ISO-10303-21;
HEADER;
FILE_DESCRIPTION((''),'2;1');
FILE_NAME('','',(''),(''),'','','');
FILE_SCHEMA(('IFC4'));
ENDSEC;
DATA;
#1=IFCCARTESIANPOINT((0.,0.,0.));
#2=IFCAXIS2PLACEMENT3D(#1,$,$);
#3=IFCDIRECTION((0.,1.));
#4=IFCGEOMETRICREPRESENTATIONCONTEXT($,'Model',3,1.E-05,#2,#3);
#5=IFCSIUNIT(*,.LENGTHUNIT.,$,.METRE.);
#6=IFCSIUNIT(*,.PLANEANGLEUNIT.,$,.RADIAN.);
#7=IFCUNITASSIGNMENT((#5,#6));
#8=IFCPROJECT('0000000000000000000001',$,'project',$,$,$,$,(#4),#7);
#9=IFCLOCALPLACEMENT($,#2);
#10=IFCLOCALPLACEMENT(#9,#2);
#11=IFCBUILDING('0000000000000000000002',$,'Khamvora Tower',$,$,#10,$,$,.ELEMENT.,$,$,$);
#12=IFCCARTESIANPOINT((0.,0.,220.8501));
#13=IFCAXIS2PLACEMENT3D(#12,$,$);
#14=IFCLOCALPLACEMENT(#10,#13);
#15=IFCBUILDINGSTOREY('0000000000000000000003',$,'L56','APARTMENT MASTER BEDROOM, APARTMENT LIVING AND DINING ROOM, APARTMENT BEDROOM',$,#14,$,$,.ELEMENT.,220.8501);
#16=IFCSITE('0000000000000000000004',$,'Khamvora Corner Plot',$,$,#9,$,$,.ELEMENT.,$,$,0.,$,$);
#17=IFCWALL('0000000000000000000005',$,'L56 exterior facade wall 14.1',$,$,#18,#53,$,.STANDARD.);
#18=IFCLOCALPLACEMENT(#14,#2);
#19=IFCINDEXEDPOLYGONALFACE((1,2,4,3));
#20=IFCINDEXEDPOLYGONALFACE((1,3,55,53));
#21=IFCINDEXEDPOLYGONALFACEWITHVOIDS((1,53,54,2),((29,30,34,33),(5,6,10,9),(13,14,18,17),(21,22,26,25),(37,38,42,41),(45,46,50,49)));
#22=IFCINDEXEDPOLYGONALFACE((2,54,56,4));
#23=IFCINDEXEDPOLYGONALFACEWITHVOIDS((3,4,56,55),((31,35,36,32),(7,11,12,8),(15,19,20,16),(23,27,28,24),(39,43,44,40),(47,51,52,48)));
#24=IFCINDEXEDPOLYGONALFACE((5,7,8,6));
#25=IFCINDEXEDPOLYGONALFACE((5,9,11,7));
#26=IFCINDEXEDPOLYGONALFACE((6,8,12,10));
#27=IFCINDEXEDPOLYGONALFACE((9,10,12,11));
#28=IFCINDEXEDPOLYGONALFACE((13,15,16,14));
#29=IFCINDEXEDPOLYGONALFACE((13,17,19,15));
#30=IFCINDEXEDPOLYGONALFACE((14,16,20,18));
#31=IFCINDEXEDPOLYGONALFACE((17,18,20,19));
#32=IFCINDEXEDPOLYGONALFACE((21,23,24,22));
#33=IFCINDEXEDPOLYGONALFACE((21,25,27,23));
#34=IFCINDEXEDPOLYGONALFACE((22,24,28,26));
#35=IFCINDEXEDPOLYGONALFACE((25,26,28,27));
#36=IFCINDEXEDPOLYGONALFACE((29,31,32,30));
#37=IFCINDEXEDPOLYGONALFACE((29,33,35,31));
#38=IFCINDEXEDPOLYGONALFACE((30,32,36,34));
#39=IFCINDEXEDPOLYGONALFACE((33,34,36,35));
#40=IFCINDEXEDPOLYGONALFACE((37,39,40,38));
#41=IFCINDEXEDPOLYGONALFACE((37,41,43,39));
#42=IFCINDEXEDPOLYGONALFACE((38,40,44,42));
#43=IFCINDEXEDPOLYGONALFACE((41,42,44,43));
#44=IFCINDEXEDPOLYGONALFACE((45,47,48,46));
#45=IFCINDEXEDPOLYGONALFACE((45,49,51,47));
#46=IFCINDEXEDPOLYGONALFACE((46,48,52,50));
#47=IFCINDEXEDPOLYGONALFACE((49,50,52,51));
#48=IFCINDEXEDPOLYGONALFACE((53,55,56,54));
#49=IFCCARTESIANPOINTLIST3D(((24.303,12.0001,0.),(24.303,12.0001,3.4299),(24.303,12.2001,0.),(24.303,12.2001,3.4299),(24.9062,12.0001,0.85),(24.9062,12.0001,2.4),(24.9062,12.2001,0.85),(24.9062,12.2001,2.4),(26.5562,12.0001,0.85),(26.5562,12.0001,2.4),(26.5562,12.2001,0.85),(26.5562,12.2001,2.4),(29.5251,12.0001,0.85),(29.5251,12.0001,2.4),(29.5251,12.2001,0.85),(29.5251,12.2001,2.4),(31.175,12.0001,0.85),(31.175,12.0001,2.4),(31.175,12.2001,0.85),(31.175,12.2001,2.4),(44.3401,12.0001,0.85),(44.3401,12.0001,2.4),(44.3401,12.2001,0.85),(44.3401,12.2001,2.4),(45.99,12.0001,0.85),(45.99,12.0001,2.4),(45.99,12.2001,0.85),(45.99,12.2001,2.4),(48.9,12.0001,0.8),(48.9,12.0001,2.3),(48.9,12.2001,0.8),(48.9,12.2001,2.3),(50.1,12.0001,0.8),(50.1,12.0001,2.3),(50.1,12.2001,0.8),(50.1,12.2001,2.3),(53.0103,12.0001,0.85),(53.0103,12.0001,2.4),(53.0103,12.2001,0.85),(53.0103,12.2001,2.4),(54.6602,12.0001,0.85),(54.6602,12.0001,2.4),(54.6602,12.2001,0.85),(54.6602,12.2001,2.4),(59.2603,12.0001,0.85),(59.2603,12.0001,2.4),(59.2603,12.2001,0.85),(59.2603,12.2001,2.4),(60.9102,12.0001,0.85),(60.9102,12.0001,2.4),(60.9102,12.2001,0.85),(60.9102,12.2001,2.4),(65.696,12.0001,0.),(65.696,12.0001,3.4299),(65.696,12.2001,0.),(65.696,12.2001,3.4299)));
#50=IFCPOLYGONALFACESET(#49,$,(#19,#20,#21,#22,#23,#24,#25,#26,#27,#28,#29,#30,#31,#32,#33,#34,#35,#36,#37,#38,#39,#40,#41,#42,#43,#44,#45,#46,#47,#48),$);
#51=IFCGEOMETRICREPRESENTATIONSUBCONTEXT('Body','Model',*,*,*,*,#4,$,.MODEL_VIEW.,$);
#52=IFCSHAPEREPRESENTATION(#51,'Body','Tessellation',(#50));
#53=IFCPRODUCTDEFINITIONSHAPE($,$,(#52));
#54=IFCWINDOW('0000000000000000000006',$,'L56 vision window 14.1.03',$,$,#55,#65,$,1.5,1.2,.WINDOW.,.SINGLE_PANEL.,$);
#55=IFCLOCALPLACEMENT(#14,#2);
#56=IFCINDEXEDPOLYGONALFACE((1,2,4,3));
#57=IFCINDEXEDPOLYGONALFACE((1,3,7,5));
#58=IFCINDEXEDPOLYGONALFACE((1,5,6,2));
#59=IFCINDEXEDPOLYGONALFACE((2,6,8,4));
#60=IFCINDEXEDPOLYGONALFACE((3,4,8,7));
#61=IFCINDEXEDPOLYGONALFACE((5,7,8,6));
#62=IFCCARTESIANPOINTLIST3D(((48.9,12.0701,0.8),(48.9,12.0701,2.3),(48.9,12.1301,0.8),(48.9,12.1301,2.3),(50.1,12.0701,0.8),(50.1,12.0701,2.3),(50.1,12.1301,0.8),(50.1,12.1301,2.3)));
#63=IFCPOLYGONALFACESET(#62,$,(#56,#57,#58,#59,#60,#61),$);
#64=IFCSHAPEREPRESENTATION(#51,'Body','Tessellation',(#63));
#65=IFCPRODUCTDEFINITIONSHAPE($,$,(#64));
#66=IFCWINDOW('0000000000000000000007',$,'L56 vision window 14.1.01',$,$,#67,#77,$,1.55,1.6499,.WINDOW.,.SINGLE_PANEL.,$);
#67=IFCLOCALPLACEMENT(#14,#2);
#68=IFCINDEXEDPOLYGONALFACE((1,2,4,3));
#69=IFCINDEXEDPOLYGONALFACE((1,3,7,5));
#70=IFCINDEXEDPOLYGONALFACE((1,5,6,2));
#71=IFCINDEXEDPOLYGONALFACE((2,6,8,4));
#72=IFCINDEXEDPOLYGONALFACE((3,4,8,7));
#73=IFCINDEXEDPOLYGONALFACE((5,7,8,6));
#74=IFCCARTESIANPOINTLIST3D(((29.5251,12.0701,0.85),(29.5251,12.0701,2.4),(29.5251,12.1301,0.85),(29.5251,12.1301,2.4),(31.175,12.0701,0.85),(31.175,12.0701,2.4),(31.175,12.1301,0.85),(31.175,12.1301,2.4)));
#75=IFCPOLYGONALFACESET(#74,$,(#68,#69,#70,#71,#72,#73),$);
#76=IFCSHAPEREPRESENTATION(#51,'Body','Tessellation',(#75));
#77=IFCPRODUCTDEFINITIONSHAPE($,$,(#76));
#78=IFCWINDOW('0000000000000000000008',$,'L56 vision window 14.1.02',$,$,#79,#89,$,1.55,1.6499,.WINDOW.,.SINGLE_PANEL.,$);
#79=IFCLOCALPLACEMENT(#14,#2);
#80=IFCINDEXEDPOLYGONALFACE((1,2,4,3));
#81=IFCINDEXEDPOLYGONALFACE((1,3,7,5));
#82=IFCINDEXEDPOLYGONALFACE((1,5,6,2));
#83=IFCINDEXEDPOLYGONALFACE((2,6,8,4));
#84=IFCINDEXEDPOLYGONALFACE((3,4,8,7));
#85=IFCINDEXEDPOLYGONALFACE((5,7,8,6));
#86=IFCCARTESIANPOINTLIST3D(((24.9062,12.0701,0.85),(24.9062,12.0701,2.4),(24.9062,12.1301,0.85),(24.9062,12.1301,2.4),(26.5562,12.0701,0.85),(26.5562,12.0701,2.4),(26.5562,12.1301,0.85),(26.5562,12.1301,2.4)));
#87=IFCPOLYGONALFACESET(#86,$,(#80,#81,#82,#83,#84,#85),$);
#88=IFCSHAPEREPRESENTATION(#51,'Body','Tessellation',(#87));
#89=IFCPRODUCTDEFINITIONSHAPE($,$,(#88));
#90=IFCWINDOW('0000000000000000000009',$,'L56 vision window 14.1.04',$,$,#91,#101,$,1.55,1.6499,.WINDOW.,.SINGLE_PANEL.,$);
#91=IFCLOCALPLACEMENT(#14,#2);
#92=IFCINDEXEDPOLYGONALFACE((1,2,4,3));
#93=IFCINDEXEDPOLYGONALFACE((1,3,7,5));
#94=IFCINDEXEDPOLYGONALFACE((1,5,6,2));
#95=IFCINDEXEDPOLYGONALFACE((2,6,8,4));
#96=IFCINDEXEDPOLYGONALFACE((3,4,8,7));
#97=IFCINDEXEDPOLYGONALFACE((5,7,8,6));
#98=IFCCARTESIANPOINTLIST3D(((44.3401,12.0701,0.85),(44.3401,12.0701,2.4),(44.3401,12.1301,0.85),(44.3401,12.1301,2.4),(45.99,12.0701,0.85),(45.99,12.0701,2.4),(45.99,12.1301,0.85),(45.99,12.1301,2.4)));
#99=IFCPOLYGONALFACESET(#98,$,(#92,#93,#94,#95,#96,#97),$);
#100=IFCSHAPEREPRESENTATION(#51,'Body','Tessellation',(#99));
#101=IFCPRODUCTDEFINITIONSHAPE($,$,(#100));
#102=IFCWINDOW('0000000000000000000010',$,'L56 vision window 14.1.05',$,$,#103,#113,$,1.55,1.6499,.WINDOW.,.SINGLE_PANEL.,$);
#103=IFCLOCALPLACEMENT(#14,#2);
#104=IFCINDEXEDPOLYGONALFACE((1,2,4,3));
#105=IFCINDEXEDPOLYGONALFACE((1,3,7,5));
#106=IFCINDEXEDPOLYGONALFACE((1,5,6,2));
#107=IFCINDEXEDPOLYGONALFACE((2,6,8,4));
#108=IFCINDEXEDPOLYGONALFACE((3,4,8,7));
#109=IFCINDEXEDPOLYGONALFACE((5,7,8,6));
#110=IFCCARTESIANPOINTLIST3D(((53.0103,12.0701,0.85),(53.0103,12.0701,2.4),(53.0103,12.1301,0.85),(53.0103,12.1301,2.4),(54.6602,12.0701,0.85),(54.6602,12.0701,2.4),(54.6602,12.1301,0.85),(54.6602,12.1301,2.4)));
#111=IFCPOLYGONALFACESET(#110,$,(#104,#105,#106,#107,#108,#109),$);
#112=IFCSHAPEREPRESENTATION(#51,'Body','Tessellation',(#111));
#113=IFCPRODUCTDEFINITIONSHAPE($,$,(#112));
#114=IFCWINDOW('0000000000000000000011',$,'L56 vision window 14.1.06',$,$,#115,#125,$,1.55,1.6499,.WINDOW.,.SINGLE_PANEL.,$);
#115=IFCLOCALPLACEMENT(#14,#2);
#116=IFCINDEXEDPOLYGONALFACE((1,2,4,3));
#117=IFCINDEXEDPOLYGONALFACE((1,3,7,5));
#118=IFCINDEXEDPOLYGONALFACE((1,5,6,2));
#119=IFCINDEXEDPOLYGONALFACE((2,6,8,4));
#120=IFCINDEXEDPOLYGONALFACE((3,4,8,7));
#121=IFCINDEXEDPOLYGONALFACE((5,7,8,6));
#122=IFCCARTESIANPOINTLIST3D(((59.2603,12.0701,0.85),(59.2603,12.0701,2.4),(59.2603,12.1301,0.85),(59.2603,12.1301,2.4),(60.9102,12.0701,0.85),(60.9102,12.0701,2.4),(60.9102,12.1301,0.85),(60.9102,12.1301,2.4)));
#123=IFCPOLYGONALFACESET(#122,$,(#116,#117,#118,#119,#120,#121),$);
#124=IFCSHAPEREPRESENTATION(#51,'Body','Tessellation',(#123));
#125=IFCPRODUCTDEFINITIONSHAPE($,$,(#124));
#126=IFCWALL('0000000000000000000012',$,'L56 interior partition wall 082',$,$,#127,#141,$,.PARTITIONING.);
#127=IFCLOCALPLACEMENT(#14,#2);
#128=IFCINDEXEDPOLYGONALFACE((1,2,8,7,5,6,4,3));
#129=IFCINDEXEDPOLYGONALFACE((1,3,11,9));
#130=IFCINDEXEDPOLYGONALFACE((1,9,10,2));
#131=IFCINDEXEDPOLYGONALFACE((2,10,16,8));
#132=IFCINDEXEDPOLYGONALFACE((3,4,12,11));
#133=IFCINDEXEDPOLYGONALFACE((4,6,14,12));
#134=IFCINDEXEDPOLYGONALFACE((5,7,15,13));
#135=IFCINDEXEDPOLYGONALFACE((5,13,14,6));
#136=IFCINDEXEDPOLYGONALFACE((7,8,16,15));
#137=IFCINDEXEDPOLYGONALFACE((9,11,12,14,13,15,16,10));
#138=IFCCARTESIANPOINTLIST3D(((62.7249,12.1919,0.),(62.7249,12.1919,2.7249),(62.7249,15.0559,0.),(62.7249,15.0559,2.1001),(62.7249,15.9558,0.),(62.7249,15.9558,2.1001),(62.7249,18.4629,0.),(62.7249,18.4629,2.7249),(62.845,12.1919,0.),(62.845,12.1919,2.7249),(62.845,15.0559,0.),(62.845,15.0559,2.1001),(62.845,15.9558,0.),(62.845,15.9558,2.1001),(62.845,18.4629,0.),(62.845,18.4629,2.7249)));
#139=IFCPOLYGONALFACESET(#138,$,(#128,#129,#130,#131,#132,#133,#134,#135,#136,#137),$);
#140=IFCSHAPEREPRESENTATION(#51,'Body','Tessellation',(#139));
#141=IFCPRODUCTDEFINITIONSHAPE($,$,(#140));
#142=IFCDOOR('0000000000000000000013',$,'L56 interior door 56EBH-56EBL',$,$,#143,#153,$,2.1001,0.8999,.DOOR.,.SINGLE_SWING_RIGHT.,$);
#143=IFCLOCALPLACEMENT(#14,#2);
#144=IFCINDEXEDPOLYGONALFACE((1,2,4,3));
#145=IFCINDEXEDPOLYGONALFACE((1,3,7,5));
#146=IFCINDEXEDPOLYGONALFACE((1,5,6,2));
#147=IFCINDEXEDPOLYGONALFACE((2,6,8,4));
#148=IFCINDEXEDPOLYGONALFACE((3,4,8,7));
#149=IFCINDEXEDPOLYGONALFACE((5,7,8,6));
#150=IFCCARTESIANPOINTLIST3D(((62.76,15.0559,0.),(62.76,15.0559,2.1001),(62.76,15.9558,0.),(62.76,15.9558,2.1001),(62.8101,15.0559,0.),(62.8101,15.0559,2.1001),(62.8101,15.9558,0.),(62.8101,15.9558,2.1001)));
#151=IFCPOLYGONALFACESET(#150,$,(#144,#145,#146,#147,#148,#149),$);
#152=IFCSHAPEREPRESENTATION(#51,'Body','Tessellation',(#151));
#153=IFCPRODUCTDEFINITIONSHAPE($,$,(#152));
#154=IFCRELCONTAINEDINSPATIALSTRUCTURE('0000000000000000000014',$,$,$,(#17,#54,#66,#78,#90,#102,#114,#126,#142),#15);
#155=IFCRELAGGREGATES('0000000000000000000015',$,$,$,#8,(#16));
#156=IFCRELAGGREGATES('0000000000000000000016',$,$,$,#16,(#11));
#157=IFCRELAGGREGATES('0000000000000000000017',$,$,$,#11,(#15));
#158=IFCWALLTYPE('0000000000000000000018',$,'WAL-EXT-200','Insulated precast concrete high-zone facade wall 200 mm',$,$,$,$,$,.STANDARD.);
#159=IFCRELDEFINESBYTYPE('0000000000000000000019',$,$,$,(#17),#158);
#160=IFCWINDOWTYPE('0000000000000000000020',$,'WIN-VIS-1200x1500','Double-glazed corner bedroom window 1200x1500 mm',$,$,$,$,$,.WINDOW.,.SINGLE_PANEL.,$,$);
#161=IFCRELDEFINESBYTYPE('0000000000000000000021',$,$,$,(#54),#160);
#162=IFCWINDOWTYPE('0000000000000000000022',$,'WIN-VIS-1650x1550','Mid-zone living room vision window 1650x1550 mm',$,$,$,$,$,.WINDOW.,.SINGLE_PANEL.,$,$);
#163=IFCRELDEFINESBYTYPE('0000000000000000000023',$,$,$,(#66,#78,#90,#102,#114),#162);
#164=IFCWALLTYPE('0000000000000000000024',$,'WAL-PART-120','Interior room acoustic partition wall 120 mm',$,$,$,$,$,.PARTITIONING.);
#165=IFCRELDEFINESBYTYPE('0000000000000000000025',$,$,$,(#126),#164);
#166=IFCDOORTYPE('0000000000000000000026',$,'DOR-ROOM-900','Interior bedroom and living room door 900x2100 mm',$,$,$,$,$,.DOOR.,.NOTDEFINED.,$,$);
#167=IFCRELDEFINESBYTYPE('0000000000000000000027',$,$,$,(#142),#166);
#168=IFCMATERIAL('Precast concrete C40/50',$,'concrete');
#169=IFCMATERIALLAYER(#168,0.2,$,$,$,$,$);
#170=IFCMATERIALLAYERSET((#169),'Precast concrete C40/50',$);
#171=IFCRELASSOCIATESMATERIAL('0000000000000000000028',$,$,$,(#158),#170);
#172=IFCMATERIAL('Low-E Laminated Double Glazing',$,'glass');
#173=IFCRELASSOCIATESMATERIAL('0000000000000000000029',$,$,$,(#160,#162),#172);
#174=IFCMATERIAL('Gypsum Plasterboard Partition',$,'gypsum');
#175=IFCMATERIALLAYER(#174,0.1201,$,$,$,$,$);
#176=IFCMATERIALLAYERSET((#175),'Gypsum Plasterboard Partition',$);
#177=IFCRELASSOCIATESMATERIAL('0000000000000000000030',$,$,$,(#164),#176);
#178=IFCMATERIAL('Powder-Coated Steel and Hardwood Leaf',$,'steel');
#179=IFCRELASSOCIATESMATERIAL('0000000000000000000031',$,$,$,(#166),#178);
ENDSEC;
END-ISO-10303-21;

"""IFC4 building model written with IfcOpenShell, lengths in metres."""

from ifc_helpers import new_model, si_unit, direction, frame, frame_2d, origin, place, context, subcontext, project, spatial, rectangle, extrude, material, layer, layer_set, type_object, element, fill, save


model = new_model("IFC4")

# Units and contexts
model_context = context("Model", 3, precision=1e-05, world=origin(), true_north=direction((0.0, 1.0)))
body_context = subcontext(model_context, "Body", "Model", "MODEL_VIEW")
ifc_project = project(units=[si_unit("LENGTHUNIT", "METRE"), si_unit("PLANEANGLEUNIT", "RADIAN")], contexts=[model_context])

# Site, building, storey
site_placement = place(None, origin())
site = spatial("IfcSite", under=ifc_project, at=site_placement, Name="Khamvora Corner Plot", CompositionType="ELEMENT", RefElevation=0.0)
building_placement = place(site_placement, origin())
building = spatial("IfcBuilding", under=site, at=building_placement, Name="Khamvora Tower", CompositionType="ELEMENT")
storey_placement = place(building_placement, frame((0.0, 0.0, 220.8501)))
storey = spatial("IfcBuildingStorey", under=building, at=storey_placement, Name="L56", Description="APARTMENT MASTER BEDROOM, APARTMENT LIVING AND DINING ROOM, APARTMENT BEDROOM", CompositionType="ELEMENT", Elevation=220.8501)

# Shared definitions
ifc_material_1 = material(Name="Precast concrete C40/50", Category="concrete")
ifc_layer_1 = layer(ifc_material_1, 0.2)
ifc_layer_set_1 = layer_set([ifc_layer_1], Name="Precast concrete C40/50")
wall_type_1 = type_object("IfcWallType", Name="WAL-EXT-200", Description="Insulated precast concrete high-zone facade wall 200 mm", PredefinedType="STANDARD", material=ifc_layer_set_1)

# Wall, openings, windows
wall_1_placement = place(storey_placement, frame((65.696, 12.1001, 0.0), z_axis=(0.0, 0.0, 1.0), x_axis=(-1.0, 0.0, 0.0)))
wall_1 = element("IfcWall", 1, at=wall_1_placement, inside=storey, type_object=wall_type_1, Name="L56 exterior facade wall 14.1", PredefinedType="STANDARD", context=body_context, shape_type="SweptSolid", body=[
    extrude(rectangle(XDim=41.3931, YDim=0.2, at=frame_2d((20.6965, 0.0))), origin(), (0.0, 0.0, 1.0), 3.4299),
])
opening_1_placement = place(wall_1_placement, frame((34.521, 0.0, 0.8501)))
opening_1 = element("IfcOpeningElement", 2, at=opening_1_placement, cuts=wall_1, PredefinedType="OPENING", context=body_context, shape_type="SweptSolid", body=[
    extrude(rectangle(XDim=1.6499, YDim=1.55, at=frame_2d((0.825, 0.7749))), frame((0.0, 0.1099, 0.0), z_axis=(0.0, -1.0, 0.0), x_axis=(1.0, 0.0, 0.0)), (0.0, 0.0, 1.0), 0.22),
])
opening_2_placement = place(wall_1_placement, frame((39.1399, 0.0, 0.8501)))
opening_2 = element("IfcOpeningElement", 3, at=opening_2_placement, cuts=wall_1, PredefinedType="OPENING", context=body_context, shape_type="SweptSolid", body=[
    extrude(rectangle(XDim=1.6499, YDim=1.55, at=frame_2d((0.825, 0.7749))), frame((0.0, 0.1099, 0.0), z_axis=(0.0, -1.0, 0.0), x_axis=(1.0, 0.0, 0.0)), (0.0, 0.0, 1.0), 0.22),
])
opening_3_placement = place(wall_1_placement, frame((15.5959, 0.0, 0.8)))
opening_3 = element("IfcOpeningElement", 4, at=opening_3_placement, cuts=wall_1, PredefinedType="OPENING", context=body_context, shape_type="SweptSolid", body=[
    extrude(rectangle(XDim=1.2, YDim=1.5, at=frame_2d((0.6001, 0.75))), frame((0.0, 0.1099, 0.0), z_axis=(0.0, -1.0, 0.0), x_axis=(1.0, 0.0, 0.0)), (0.0, 0.0, 1.0), 0.22),
])
opening_4_placement = place(wall_1_placement, frame((19.7061, 0.0, 0.8501)))
opening_4 = element("IfcOpeningElement", 5, at=opening_4_placement, cuts=wall_1, PredefinedType="OPENING", context=body_context, shape_type="SweptSolid", body=[
    extrude(rectangle(XDim=1.6499, YDim=1.55, at=frame_2d((0.825, 0.7749))), frame((0.0, 0.1099, 0.0), z_axis=(0.0, -1.0, 0.0), x_axis=(1.0, 0.0, 0.0)), (0.0, 0.0, 1.0), 0.22),
])
opening_5_placement = place(wall_1_placement, frame((11.0359, 0.0, 0.8501)))
opening_5 = element("IfcOpeningElement", 6, at=opening_5_placement, cuts=wall_1, PredefinedType="OPENING", context=body_context, shape_type="SweptSolid", body=[
    extrude(rectangle(XDim=1.6499, YDim=1.55, at=frame_2d((0.825, 0.7749))), frame((0.0, 0.1099, 0.0), z_axis=(0.0, -1.0, 0.0), x_axis=(1.0, 0.0, 0.0)), (0.0, 0.0, 1.0), 0.22),
])
opening_6_placement = place(wall_1_placement, frame((4.7859, 0.0, 0.8501)))
opening_6 = element("IfcOpeningElement", 7, at=opening_6_placement, cuts=wall_1, PredefinedType="OPENING", context=body_context, shape_type="SweptSolid", body=[
    extrude(rectangle(XDim=1.6499, YDim=1.55, at=frame_2d((0.825, 0.7749))), frame((0.0, 0.1099, 0.0), z_axis=(0.0, -1.0, 0.0), x_axis=(1.0, 0.0, 0.0)), (0.0, 0.0, 1.0), 0.22),
])
ifc_material_2 = material(Name="Low-E Laminated Double Glazing", Category="glass")
window_type_1 = type_object("IfcWindowType", Name="WIN-VIS-1200x1500", Description="Double-glazed corner bedroom window 1200x1500 mm", PartitioningType="SINGLE_PANEL", PredefinedType="WINDOW", material=ifc_material_2)
window_1_placement = place(opening_3_placement, origin())
window_1 = element("IfcWindow", 8, at=window_1_placement, inside=storey, type_object=window_type_1, Name="L56 vision window 14.1.03", OverallHeight=1.5, OverallWidth=1.2, PartitioningType="SINGLE_PANEL", PredefinedType="WINDOW", context=body_context, shape_type="SweptSolid", body=[
    extrude(rectangle(XDim=1.2, YDim=1.5, at=frame_2d((0.6001, 0.75))), frame((0.0, 0.03, 0.0), z_axis=(0.0, -1.0, 0.0), x_axis=(1.0, 0.0, 0.0)), (0.0, 0.0, 1.0), 0.0601),
])
fill(opening_3, window_1)
window_type_2 = type_object("IfcWindowType", Name="WIN-VIS-1650x1550", Description="Mid-zone living room vision window 1650x1550 mm", PartitioningType="SINGLE_PANEL", PredefinedType="WINDOW", material=ifc_material_2)
window_2_placement = place(opening_1_placement, origin())
window_2 = element("IfcWindow", 9, at=window_2_placement, inside=storey, type_object=window_type_2, Name="L56 vision window 14.1.01", OverallHeight=1.55, OverallWidth=1.6499, PartitioningType="SINGLE_PANEL", PredefinedType="WINDOW", context=body_context, shape_type="SweptSolid", body=[
    extrude(rectangle(XDim=1.6499, YDim=1.55, at=frame_2d((0.825, 0.7749))), frame((0.0, 0.03, 0.0), z_axis=(0.0, -1.0, 0.0), x_axis=(1.0, 0.0, 0.0)), (0.0, 0.0, 1.0), 0.0601),
])
fill(opening_1, window_2)
window_3_placement = place(opening_2_placement, origin())
window_3 = element("IfcWindow", 10, at=window_3_placement, inside=storey, type_object=window_type_2, Name="L56 vision window 14.1.02", OverallHeight=1.55, OverallWidth=1.6499, PartitioningType="SINGLE_PANEL", PredefinedType="WINDOW", context=body_context, shape_type="SweptSolid", body=[
    extrude(rectangle(XDim=1.6499, YDim=1.55, at=frame_2d((0.825, 0.7749))), frame((0.0, 0.03, 0.0), z_axis=(0.0, -1.0, 0.0), x_axis=(1.0, 0.0, 0.0)), (0.0, 0.0, 1.0), 0.0601),
])
fill(opening_2, window_3)
window_4_placement = place(opening_4_placement, origin())
window_4 = element("IfcWindow", 11, at=window_4_placement, inside=storey, type_object=window_type_2, Name="L56 vision window 14.1.04", OverallHeight=1.55, OverallWidth=1.6499, PartitioningType="SINGLE_PANEL", PredefinedType="WINDOW", context=body_context, shape_type="SweptSolid", body=[
    extrude(rectangle(XDim=1.6499, YDim=1.55, at=frame_2d((0.825, 0.7749))), frame((0.0, 0.03, 0.0), z_axis=(0.0, -1.0, 0.0), x_axis=(1.0, 0.0, 0.0)), (0.0, 0.0, 1.0), 0.0601),
])
fill(opening_4, window_4)
window_5_placement = place(opening_5_placement, origin())
window_5 = element("IfcWindow", 12, at=window_5_placement, inside=storey, type_object=window_type_2, Name="L56 vision window 14.1.05", OverallHeight=1.55, OverallWidth=1.6499, PartitioningType="SINGLE_PANEL", PredefinedType="WINDOW", context=body_context, shape_type="SweptSolid", body=[
    extrude(rectangle(XDim=1.6499, YDim=1.55, at=frame_2d((0.825, 0.7749))), frame((0.0, 0.03, 0.0), z_axis=(0.0, -1.0, 0.0), x_axis=(1.0, 0.0, 0.0)), (0.0, 0.0, 1.0), 0.0601),
])
fill(opening_5, window_5)
window_6_placement = place(opening_6_placement, origin())
window_6 = element("IfcWindow", 13, at=window_6_placement, inside=storey, type_object=window_type_2, Name="L56 vision window 14.1.06", OverallHeight=1.55, OverallWidth=1.6499, PartitioningType="SINGLE_PANEL", PredefinedType="WINDOW", context=body_context, shape_type="SweptSolid", body=[
    extrude(rectangle(XDim=1.6499, YDim=1.55, at=frame_2d((0.825, 0.7749))), frame((0.0, 0.03, 0.0), z_axis=(0.0, -1.0, 0.0), x_axis=(1.0, 0.0, 0.0)), (0.0, 0.0, 1.0), 0.0601),
])
fill(opening_6, window_6)

# Wall, opening, door
ifc_material_3 = material(Name="Gypsum Plasterboard Partition", Category="gypsum")
ifc_layer_2 = layer(ifc_material_3, 0.1201)
ifc_layer_set_2 = layer_set([ifc_layer_2], Name="Gypsum Plasterboard Partition")
wall_type_2 = type_object("IfcWallType", Name="WAL-PART-120", Description="Interior room acoustic partition wall 120 mm", PredefinedType="PARTITIONING", material=ifc_layer_set_2)
wall_2_placement = place(storey_placement, frame((62.7849, 12.1919, 0.0), z_axis=(0.0, 0.0, 1.0), x_axis=(0.0, 1.0, 0.0)))
wall_2 = element("IfcWall", 14, at=wall_2_placement, inside=storey, type_object=wall_type_2, Name="L56 interior partition wall 082", PredefinedType="PARTITIONING", context=body_context, shape_type="SweptSolid", body=[
    extrude(rectangle(XDim=6.271, YDim=0.1201, at=frame_2d((3.1355, 0.0))), origin(), (0.0, 0.0, 1.0), 2.7249),
])
opening_7_placement = place(wall_2_placement, frame((2.864, 0.0, 0.0)))
opening_7 = element("IfcOpeningElement", 15, at=opening_7_placement, cuts=wall_2, PredefinedType="OPENING", context=body_context, shape_type="SweptSolid", body=[
    extrude(rectangle(XDim=0.8999, YDim=2.1001, at=frame_2d((0.45, 1.05))), frame((0.0, 0.0701, 0.0), z_axis=(0.0, -1.0, 0.0), x_axis=(1.0, 0.0, 0.0)), (0.0, 0.0, 1.0), 0.1401),
])
ifc_material_4 = material(Name="Powder-Coated Steel and Hardwood Leaf", Category="steel")
door_type = type_object("IfcDoorType", Name="DOR-ROOM-900", Description="Interior bedroom and living room door 900x2100 mm", OperationType="NOTDEFINED", PredefinedType="DOOR", material=ifc_material_4)
door_placement = place(opening_7_placement, origin())
door = element("IfcDoor", 16, at=door_placement, inside=storey, type_object=door_type, Name="L56 interior door 56EBH-56EBL", OperationType="SINGLE_SWING_RIGHT", OverallHeight=2.1001, OverallWidth=0.8999, PredefinedType="DOOR", context=body_context, shape_type="SweptSolid", body=[
    extrude(rectangle(XDim=0.8999, YDim=2.1001, at=frame_2d((0.45, 1.05))), frame((0.0, 0.0249, 0.0), z_axis=(0.0, -1.0, 0.0), x_axis=(1.0, 0.0, 0.0)), (0.0, 0.0, 1.0), 0.05),
])
fill(opening_7, door)

save(model, "model.ifc")
